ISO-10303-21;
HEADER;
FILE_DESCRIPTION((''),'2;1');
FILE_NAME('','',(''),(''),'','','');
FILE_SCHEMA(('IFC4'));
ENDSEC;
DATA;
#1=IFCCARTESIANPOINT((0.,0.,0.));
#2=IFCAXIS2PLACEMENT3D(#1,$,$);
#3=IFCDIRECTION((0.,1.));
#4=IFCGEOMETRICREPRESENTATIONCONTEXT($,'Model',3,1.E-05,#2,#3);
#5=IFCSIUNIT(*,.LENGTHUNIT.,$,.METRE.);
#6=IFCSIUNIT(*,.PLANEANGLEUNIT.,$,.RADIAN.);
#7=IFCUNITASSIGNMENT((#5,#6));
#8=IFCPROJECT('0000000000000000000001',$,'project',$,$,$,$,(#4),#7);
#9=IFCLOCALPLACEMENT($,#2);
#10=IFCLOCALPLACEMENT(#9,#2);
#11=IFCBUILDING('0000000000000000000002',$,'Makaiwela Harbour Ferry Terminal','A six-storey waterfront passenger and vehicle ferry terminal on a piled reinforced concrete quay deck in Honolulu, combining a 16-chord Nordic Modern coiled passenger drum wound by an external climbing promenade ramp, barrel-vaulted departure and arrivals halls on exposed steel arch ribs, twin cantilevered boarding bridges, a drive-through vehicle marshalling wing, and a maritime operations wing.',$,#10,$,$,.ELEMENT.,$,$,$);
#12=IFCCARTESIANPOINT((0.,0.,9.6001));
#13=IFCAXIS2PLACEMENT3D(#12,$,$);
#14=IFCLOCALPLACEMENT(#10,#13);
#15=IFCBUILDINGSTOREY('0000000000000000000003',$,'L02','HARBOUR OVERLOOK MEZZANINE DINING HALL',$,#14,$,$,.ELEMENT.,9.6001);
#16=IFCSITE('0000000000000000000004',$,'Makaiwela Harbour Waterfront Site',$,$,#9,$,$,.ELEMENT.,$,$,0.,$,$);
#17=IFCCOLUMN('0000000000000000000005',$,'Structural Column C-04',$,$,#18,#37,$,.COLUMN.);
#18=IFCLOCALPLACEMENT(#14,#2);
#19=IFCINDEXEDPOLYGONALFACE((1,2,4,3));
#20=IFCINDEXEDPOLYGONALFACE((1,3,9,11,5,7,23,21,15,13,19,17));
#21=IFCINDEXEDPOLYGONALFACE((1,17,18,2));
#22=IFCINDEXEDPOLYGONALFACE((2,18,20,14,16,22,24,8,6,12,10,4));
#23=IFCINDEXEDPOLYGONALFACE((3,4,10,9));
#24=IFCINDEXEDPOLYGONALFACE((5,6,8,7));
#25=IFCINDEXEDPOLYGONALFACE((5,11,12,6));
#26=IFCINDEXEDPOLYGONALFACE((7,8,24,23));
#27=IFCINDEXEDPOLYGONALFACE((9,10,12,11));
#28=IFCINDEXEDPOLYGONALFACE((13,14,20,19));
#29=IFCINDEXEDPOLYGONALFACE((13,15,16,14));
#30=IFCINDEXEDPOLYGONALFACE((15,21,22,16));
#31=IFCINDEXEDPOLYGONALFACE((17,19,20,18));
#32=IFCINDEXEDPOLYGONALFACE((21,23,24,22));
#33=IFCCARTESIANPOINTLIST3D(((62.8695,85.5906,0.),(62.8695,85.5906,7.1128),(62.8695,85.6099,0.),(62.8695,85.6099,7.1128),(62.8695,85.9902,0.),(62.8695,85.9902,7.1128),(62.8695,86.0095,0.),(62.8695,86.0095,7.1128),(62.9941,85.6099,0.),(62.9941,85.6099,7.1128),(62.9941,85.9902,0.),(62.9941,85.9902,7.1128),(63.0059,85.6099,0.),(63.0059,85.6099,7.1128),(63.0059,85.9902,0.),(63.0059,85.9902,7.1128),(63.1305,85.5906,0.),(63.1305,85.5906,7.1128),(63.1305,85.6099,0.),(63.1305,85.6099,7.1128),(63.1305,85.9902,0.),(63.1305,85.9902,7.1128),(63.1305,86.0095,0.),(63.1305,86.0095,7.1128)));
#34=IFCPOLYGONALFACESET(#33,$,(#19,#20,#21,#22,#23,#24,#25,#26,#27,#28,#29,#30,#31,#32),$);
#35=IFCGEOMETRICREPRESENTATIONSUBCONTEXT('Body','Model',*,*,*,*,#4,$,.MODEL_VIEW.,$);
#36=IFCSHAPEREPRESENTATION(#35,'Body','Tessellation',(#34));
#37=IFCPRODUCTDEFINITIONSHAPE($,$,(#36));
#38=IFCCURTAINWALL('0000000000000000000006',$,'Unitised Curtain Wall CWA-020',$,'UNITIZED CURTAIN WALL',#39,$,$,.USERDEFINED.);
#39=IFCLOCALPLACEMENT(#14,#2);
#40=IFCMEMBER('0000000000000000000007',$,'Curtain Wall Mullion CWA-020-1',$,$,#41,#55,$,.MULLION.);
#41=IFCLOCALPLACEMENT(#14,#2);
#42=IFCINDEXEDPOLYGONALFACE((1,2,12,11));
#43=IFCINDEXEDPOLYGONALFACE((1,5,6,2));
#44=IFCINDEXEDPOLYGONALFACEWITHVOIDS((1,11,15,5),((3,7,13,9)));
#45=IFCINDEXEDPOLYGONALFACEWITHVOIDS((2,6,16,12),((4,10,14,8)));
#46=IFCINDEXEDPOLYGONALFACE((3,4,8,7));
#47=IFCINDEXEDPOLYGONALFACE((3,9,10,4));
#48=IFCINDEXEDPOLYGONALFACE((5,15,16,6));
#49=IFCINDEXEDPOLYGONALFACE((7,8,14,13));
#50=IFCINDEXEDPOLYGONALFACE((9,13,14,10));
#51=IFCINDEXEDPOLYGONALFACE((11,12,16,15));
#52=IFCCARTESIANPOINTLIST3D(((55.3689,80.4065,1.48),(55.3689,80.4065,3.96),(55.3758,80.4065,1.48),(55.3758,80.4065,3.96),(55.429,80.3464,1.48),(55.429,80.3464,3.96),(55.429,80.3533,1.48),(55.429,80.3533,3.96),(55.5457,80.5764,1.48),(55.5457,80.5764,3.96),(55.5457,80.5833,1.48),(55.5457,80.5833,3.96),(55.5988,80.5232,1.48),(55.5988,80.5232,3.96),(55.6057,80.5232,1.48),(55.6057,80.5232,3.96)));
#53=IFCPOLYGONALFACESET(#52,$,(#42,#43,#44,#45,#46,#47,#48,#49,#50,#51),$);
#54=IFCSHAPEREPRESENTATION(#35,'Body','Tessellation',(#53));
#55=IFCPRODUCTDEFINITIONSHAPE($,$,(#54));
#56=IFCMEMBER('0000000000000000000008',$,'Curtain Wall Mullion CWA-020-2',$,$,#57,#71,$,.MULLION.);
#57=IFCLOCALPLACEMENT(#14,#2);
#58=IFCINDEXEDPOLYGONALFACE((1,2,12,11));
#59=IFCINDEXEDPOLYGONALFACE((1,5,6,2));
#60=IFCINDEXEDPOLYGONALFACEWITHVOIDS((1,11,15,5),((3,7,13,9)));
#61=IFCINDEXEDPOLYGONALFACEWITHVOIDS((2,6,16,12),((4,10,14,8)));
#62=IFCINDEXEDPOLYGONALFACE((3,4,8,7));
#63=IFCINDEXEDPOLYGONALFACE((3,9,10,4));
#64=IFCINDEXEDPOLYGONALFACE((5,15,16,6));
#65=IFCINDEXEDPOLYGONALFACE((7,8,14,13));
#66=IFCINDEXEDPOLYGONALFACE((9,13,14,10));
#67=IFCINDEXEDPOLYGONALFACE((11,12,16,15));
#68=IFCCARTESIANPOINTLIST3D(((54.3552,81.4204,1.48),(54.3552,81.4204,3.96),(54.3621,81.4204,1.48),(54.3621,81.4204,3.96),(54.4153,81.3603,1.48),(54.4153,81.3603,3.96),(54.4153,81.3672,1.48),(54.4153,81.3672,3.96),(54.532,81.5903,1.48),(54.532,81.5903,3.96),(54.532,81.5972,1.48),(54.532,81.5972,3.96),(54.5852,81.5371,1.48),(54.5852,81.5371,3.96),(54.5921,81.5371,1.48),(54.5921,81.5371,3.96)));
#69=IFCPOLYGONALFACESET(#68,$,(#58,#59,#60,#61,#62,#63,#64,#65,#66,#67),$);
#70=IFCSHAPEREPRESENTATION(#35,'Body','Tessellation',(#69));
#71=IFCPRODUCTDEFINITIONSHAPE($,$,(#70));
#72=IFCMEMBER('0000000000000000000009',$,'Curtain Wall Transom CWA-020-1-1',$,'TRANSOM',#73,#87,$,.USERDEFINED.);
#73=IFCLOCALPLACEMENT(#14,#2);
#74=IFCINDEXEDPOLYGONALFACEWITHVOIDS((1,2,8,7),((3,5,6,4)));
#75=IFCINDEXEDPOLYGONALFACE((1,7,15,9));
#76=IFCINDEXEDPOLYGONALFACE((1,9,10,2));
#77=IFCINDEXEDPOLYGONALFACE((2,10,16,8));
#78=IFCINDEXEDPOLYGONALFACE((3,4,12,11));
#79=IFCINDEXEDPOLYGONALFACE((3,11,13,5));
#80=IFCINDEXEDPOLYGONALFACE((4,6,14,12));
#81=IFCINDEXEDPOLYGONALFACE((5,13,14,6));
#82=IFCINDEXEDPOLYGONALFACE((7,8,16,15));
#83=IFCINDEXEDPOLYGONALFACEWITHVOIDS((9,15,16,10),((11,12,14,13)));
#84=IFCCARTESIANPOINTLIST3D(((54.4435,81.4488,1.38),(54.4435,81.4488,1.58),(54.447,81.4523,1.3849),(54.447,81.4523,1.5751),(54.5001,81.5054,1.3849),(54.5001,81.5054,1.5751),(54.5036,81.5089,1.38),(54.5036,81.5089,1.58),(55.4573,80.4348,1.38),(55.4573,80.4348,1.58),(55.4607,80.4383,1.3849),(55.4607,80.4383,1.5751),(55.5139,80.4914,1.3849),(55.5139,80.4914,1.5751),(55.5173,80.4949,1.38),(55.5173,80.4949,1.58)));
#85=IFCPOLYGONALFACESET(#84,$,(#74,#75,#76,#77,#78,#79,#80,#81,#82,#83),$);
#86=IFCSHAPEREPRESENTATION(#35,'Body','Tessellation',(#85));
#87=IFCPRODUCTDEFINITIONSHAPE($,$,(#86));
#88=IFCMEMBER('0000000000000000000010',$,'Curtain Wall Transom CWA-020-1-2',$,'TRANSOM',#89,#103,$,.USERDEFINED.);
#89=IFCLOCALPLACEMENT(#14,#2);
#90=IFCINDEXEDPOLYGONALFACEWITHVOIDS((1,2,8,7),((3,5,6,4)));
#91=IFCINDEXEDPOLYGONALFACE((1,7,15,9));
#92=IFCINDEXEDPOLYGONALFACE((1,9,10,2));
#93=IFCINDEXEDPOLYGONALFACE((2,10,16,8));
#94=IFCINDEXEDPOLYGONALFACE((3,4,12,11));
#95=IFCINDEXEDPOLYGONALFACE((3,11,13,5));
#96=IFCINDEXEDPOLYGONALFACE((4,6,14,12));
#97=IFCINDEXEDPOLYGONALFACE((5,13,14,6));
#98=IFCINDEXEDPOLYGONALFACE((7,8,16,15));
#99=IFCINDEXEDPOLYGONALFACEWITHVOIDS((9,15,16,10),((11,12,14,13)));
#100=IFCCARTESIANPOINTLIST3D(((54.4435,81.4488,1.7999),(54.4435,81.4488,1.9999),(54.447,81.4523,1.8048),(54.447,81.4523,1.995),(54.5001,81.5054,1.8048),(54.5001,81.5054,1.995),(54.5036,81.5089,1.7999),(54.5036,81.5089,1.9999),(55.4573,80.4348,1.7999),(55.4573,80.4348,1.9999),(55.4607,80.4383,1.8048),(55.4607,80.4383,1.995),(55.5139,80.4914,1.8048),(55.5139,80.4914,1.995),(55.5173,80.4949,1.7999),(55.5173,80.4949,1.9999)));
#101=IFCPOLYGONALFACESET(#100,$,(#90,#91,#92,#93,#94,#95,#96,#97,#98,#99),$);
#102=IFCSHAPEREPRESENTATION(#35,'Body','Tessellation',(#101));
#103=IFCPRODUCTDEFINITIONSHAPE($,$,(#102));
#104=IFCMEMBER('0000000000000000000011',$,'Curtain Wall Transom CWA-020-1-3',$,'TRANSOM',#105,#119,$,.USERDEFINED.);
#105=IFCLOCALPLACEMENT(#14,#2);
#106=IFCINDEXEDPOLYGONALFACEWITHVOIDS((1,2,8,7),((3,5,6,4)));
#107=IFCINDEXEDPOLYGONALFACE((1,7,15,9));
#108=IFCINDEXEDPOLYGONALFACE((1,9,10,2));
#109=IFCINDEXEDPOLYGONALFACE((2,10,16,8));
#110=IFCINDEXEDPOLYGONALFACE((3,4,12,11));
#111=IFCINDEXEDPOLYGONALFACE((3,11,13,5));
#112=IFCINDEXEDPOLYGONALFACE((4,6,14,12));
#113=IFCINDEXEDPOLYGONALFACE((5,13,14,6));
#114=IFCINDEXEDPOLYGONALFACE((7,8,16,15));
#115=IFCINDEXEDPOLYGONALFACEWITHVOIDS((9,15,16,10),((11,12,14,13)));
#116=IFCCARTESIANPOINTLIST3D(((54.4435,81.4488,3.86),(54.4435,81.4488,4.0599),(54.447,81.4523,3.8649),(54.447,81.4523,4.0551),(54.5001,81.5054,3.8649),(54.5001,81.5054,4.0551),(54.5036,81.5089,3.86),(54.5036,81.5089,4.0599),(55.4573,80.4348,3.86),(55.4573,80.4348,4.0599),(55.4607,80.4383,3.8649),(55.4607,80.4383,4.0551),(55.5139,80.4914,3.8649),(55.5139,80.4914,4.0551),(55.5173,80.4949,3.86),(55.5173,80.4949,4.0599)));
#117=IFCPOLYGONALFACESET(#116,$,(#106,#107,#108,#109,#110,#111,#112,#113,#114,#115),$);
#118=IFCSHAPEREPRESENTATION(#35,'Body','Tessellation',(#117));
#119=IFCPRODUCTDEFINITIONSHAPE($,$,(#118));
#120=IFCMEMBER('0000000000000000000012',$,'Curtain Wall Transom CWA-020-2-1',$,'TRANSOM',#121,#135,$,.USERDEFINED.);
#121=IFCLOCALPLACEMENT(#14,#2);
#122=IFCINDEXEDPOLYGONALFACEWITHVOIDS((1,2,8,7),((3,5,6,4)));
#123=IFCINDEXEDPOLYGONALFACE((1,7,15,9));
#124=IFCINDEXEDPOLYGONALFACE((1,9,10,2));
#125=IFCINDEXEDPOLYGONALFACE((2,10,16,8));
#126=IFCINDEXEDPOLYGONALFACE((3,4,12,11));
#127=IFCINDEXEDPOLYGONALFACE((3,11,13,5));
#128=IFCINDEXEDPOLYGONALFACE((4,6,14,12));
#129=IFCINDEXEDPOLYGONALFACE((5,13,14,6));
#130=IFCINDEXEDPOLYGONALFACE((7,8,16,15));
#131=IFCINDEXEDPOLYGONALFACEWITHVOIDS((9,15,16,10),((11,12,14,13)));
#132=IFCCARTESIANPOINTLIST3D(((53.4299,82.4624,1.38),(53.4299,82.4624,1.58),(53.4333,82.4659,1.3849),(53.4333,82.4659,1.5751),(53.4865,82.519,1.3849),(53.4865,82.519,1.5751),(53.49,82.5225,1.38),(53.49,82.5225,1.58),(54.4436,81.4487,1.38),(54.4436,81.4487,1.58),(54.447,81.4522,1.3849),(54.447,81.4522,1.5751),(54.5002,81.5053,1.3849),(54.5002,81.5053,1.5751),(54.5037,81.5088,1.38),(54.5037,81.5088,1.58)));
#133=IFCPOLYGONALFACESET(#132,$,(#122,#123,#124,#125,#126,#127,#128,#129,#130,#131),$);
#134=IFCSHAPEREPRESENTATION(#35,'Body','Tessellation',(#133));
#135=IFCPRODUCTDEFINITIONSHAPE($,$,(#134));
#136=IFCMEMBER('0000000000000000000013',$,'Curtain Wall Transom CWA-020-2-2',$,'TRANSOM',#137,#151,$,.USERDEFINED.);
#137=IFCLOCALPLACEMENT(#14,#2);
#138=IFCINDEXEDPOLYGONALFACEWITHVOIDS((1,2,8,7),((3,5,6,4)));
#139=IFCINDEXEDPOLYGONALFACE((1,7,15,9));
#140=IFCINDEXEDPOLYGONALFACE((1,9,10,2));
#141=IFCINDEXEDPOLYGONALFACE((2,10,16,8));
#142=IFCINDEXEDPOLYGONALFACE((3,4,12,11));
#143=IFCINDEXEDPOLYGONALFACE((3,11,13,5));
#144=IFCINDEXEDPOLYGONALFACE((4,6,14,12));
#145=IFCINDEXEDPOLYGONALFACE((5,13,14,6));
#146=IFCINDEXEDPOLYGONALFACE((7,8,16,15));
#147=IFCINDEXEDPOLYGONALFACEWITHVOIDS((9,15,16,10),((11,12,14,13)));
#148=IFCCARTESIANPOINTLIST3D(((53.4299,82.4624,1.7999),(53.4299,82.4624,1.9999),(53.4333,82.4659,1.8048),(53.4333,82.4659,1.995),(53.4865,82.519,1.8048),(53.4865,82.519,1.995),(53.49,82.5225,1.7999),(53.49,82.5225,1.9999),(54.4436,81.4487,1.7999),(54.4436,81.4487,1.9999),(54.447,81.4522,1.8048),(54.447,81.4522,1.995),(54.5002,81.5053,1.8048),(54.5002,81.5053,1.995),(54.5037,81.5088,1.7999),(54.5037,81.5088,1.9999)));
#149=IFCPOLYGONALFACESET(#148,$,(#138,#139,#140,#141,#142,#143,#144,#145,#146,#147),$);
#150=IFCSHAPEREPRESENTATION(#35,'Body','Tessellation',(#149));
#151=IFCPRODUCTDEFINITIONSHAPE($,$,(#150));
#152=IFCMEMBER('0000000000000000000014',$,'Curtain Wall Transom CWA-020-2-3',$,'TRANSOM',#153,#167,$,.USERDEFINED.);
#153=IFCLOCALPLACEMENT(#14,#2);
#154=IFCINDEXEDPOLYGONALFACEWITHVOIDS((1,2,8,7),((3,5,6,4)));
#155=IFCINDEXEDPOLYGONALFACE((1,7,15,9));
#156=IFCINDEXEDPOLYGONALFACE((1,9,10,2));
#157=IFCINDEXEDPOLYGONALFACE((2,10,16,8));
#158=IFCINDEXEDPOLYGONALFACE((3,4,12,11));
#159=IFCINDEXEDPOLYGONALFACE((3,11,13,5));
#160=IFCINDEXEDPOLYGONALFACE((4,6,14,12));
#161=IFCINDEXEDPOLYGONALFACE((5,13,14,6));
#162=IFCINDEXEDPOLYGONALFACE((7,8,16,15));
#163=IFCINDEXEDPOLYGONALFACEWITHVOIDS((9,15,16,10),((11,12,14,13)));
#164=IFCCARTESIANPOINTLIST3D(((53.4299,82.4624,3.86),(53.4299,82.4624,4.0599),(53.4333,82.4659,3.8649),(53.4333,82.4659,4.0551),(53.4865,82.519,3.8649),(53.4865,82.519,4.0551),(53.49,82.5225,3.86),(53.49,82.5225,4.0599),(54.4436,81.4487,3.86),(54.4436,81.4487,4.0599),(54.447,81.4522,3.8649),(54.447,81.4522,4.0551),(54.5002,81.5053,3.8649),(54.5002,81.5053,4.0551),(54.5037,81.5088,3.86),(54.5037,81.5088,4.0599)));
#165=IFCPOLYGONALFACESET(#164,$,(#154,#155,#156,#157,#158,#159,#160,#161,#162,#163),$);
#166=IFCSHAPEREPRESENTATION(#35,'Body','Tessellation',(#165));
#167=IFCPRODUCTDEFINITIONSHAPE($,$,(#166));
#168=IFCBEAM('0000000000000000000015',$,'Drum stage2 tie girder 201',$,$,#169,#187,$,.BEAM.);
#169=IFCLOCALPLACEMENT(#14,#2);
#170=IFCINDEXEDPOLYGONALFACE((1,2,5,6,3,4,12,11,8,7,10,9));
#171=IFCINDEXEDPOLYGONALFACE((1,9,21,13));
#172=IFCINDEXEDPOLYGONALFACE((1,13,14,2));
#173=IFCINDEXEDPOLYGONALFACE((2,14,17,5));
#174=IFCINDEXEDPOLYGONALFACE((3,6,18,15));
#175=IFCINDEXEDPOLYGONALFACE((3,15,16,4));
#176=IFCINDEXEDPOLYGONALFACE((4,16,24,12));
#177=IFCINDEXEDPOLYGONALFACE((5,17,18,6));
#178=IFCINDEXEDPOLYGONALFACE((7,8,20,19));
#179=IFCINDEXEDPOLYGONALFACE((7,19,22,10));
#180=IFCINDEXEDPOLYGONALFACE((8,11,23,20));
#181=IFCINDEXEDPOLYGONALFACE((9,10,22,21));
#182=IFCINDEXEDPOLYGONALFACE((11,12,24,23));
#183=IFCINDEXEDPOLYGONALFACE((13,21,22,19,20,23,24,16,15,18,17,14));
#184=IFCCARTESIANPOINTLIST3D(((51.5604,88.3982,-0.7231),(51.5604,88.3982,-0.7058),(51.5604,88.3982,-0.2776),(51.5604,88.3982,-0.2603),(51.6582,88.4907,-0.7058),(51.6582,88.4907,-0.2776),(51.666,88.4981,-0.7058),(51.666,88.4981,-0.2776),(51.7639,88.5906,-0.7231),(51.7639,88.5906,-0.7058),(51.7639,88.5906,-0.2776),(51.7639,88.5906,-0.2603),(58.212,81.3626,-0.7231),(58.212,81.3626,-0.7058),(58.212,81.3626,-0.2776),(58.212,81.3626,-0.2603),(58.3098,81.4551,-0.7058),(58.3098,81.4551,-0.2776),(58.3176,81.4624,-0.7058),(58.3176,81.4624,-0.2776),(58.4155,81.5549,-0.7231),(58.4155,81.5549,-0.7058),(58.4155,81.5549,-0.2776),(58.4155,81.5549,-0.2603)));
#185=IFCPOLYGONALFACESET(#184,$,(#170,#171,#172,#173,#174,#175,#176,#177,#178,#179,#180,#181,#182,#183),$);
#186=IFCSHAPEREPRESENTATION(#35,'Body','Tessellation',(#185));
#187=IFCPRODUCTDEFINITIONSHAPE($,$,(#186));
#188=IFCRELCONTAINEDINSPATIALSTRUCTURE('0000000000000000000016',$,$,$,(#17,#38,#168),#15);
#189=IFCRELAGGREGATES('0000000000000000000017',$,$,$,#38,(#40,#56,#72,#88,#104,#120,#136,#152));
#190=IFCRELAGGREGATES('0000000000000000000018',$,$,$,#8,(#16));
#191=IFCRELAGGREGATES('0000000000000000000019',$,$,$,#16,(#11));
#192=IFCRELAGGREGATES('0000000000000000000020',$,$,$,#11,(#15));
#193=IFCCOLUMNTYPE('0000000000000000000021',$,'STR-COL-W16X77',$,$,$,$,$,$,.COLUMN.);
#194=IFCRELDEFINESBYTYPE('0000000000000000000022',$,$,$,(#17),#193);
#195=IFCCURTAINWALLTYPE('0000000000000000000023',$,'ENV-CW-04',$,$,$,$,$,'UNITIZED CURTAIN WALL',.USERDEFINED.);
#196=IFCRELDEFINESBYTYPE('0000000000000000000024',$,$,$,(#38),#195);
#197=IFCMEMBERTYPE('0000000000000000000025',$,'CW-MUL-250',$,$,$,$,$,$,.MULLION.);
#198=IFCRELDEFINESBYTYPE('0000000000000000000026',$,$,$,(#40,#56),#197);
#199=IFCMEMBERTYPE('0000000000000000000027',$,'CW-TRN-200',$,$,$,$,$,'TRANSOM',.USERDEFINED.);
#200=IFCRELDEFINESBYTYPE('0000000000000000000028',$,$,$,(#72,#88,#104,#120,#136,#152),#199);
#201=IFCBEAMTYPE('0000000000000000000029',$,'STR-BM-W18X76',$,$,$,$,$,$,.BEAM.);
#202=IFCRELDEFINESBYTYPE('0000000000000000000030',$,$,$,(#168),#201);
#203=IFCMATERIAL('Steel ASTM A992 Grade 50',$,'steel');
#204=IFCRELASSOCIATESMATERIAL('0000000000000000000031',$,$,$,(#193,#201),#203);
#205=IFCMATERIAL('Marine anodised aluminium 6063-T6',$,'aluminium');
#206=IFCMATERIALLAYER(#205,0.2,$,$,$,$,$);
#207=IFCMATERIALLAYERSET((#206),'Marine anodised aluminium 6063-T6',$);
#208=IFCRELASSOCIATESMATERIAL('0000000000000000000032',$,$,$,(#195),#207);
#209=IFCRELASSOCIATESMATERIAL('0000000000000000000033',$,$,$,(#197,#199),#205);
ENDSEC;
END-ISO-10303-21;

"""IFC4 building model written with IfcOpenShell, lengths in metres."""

from ifc_helpers import new_model, si_unit, direction, frame, origin, origin_2d, place, context, subcontext, project, spatial, hollow_rectangle, i_section, extrude, material, layer, layer_set, material_profile, profile_set, type_object, element, aggregate, save


model = new_model("IFC4")

# Units and contexts
model_context = context("Model", 3, precision=1e-05, world=origin(), true_north=direction((0.0, 1.0)))
body_context = subcontext(model_context, "Body", "Model", "MODEL_VIEW")
ifc_project = project(units=[si_unit("LENGTHUNIT", "METRE"), si_unit("PLANEANGLEUNIT", "RADIAN")], contexts=[model_context])

# Site, building, storey
site_placement = place(None, origin())
site = spatial("IfcSite", under=ifc_project, at=site_placement, Name="Makaiwela Harbour Waterfront Site", CompositionType="ELEMENT", RefElevation=0.0)
building_placement = place(site_placement, origin())
building = spatial("IfcBuilding", under=site, at=building_placement, Name="Makaiwela Harbour Ferry Terminal", Description="A six-storey waterfront passenger and vehicle ferry terminal on a piled reinforced concrete quay deck in Honolulu, combining a 16-chord Nordic Modern coiled passenger drum wound by an external climbing promenade ramp, barrel-vaulted departure and arrivals halls on exposed steel arch ribs, twin cantilevered boarding bridges, a drive-through vehicle marshalling wing, and a maritime operations wing.", CompositionType="ELEMENT")
storey_placement = place(building_placement, frame((0.0, 0.0, 9.6001)))
storey = spatial("IfcBuildingStorey", under=building, at=storey_placement, Name="L02", Description="HARBOUR OVERLOOK MEZZANINE DINING HALL", CompositionType="ELEMENT", Elevation=9.6001)

# Column
ifc_material_1 = material(Name="Steel ASTM A992 Grade 50", Category="steel")
ifc_material_profile_1 = material_profile(ifc_material_1, i_section(OverallWidth=0.261, OverallDepth=0.4189, WebThickness=0.0117, FlangeThickness=0.0193, at=origin_2d()), Name="W16X77")
ifc_profile_set_1 = profile_set([ifc_material_profile_1], Name="Steel ASTM A992 Grade 50")
column_type = type_object("IfcColumnType", Name="STR-COL-W16X77", PredefinedType="COLUMN", material=ifc_profile_set_1)
column_placement = place(storey_placement, frame((63.0, 85.8, 0.0), z_axis=(0.0, 0.0, 1.0), x_axis=(1.0, 0.0, 0.0)))
element("IfcColumn", 1, at=column_placement, inside=storey, type_object=column_type, Name="Structural Column C-04", PredefinedType="COLUMN", context=body_context, shape_type="SweptSolid", body=[
    extrude(i_section(OverallWidth=0.261, OverallDepth=0.4189, WebThickness=0.0117, FlangeThickness=0.0193, at=origin_2d()), origin(), (0.0, 0.0, 1.0), 7.1128),
])

# Curtain wall, members
ifc_material_2 = material(Name="Marine anodised aluminium 6063-T6", Category="aluminium")
ifc_layer_1 = layer(ifc_material_2, 0.2)
ifc_layer_set_1 = layer_set([ifc_layer_1], Name="Marine anodised aluminium 6063-T6")
curtain_wall_type = type_object("IfcCurtainWallType", Name="ENV-CW-04", ElementType="UNITIZED CURTAIN WALL", PredefinedType="USERDEFINED", material=ifc_layer_set_1)
curtain_wall_placement = place(storey_placement, origin())
curtain_wall = element("IfcCurtainWall", 2, at=curtain_wall_placement, inside=storey, type_object=curtain_wall_type, Name="Unitised Curtain Wall CWA-020", ObjectType="UNITIZED CURTAIN WALL", PredefinedType="USERDEFINED")
ifc_material_profile_2 = material_profile(ifc_material_2, hollow_rectangle(XDim=0.085, YDim=0.25, WallThickness=0.0049, at=origin_2d()), Name="CWM-250X85")
ifc_profile_set_2 = profile_set([ifc_material_profile_2], Name="Marine anodised aluminium 6063-T6")
member_type_1 = type_object("IfcMemberType", Name="CW-MUL-250", PredefinedType="MULLION", material=ifc_profile_set_2)
member_1_placement = place(storey_placement, frame((55.4873, 80.4648, 1.48), z_axis=(0.0, 0.0, 1.0), x_axis=(-0.707107, 0.707107, 0.0)))
member_1 = element("IfcMember", 3, at=member_1_placement, type_object=member_type_1, Name="Curtain Wall Mullion CWA-020-1", PredefinedType="MULLION", context=body_context, shape_type="SweptSolid", body=[
    extrude(hollow_rectangle(XDim=0.085, YDim=0.25, WallThickness=0.0049, at=origin_2d()), origin(), (0.0, 0.0, 1.0), 2.48),
])
member_2_placement = place(storey_placement, frame((54.4736, 81.4788, 1.48), z_axis=(0.0, 0.0, 1.0), x_axis=(-0.707107, 0.707107, 0.0)))
member_2 = element("IfcMember", 4, at=member_2_placement, type_object=member_type_1, Name="Curtain Wall Mullion CWA-020-2", PredefinedType="MULLION", context=body_context, shape_type="SweptSolid", body=[
    extrude(hollow_rectangle(XDim=0.085, YDim=0.25, WallThickness=0.0049, at=origin_2d()), origin(), (0.0, 0.0, 1.0), 2.48),
])
ifc_material_profile_3 = material_profile(ifc_material_2, hollow_rectangle(XDim=0.085, YDim=0.2, WallThickness=0.0049, at=origin_2d()), Name="CWT-200X85")
ifc_profile_set_3 = profile_set([ifc_material_profile_3], Name="Marine anodised aluminium 6063-T6")
member_type_2 = type_object("IfcMemberType", Name="CW-TRN-200", ElementType="TRANSOM", PredefinedType="USERDEFINED", material=ifc_profile_set_3)
member_3_placement = place(storey_placement, frame((55.4873, 80.4648, 1.48), z_axis=(-0.707022, 0.707192, 0.0), x_axis=(-0.707192, -0.707022, 0.0)))
member_3 = element("IfcMember", 5, at=member_3_placement, type_object=member_type_2, Name="Curtain Wall Transom CWA-020-1-1", ObjectType="TRANSOM", PredefinedType="USERDEFINED", context=body_context, shape_type="SweptSolid", body=[
    extrude(hollow_rectangle(XDim=0.085, YDim=0.2, WallThickness=0.0049, at=origin_2d()), origin(), (0.0, 0.0, 1.0), 1.4338),
])
member_4_placement = place(storey_placement, frame((55.4873, 80.4648, 1.8999), z_axis=(-0.707022, 0.707192, 0.0), x_axis=(-0.707192, -0.707022, 0.0)))
member_4 = element("IfcMember", 6, at=member_4_placement, type_object=member_type_2, Name="Curtain Wall Transom CWA-020-1-2", ObjectType="TRANSOM", PredefinedType="USERDEFINED", context=body_context, shape_type="SweptSolid", body=[
    extrude(hollow_rectangle(XDim=0.085, YDim=0.2, WallThickness=0.0049, at=origin_2d()), origin(), (0.0, 0.0, 1.0), 1.4338),
])
member_5_placement = place(storey_placement, frame((55.4873, 80.4648, 3.96), z_axis=(-0.707022, 0.707192, 0.0), x_axis=(-0.707192, -0.707022, 0.0)))
member_5 = element("IfcMember", 7, at=member_5_placement, type_object=member_type_2, Name="Curtain Wall Transom CWA-020-1-3", ObjectType="TRANSOM", PredefinedType="USERDEFINED", context=body_context, shape_type="SweptSolid", body=[
    extrude(hollow_rectangle(XDim=0.085, YDim=0.2, WallThickness=0.0049, at=origin_2d()), origin(), (0.0, 0.0, 1.0), 1.4338),
])
member_6_placement = place(storey_placement, frame((54.4736, 81.4788, 1.48), z_axis=(-0.707107, 0.707107, 0.0), x_axis=(-0.707107, -0.707107, 0.0)))
member_6 = element("IfcMember", 8, at=member_6_placement, type_object=member_type_2, Name="Curtain Wall Transom CWA-020-2-1", ObjectType="TRANSOM", PredefinedType="USERDEFINED", context=body_context, shape_type="SweptSolid", body=[
    extrude(hollow_rectangle(XDim=0.085, YDim=0.2, WallThickness=0.0049, at=origin_2d()), origin(), (0.0, 0.0, 1.0), 1.4336),
])
member_7_placement = place(storey_placement, frame((54.4736, 81.4788, 1.8999), z_axis=(-0.707107, 0.707107, 0.0), x_axis=(-0.707107, -0.707107, 0.0)))
member_7 = element("IfcMember", 9, at=member_7_placement, type_object=member_type_2, Name="Curtain Wall Transom CWA-020-2-2", ObjectType="TRANSOM", PredefinedType="USERDEFINED", context=body_context, shape_type="SweptSolid", body=[
    extrude(hollow_rectangle(XDim=0.085, YDim=0.2, WallThickness=0.0049, at=origin_2d()), origin(), (0.0, 0.0, 1.0), 1.4336),
])
member_8_placement = place(storey_placement, frame((54.4736, 81.4788, 3.96), z_axis=(-0.707107, 0.707107, 0.0), x_axis=(-0.707107, -0.707107, 0.0)))
member_8 = element("IfcMember", 10, at=member_8_placement, type_object=member_type_2, Name="Curtain Wall Transom CWA-020-2-3", ObjectType="TRANSOM", PredefinedType="USERDEFINED", context=body_context, shape_type="SweptSolid", body=[
    extrude(hollow_rectangle(XDim=0.085, YDim=0.2, WallThickness=0.0049, at=origin_2d()), origin(), (0.0, 0.0, 1.0), 1.4336),
])

# Beam
ifc_material_profile_4 = material_profile(ifc_material_1, i_section(OverallWidth=0.28, OverallDepth=0.4629, WebThickness=0.0107, FlangeThickness=0.0173, at=origin_2d()), Name="W18X76")
ifc_profile_set_4 = profile_set([ifc_material_profile_4], Name="Steel ASTM A992 Grade 50")
beam_type_1 = type_object("IfcBeamType", Name="STR-BM-W18X76", PredefinedType="BEAM", material=ifc_profile_set_4)
beam_1_placement = place(storey_placement, frame((58.3137, 81.4587, -0.4917), z_axis=(-0.686997, 0.726661, 0.0), x_axis=(-0.726661, -0.686997, 0.0)))
element("IfcBeam", 11, at=beam_1_placement, inside=storey, type_object=beam_type_1, Name="Drum stage2 tie girder 201", PredefinedType="BEAM", context=body_context, shape_type="SweptSolid", body=[
    extrude(i_section(OverallWidth=0.28, OverallDepth=0.4629, WebThickness=0.0107, FlangeThickness=0.0173, at=origin_2d()), origin(), (0.0, 0.0, 1.0), 9.6821),
])

aggregate(curtain_wall, [member_1, member_2, member_3, member_4, member_5, member_6, member_7, member_8])

save(model, "model.ifc")
